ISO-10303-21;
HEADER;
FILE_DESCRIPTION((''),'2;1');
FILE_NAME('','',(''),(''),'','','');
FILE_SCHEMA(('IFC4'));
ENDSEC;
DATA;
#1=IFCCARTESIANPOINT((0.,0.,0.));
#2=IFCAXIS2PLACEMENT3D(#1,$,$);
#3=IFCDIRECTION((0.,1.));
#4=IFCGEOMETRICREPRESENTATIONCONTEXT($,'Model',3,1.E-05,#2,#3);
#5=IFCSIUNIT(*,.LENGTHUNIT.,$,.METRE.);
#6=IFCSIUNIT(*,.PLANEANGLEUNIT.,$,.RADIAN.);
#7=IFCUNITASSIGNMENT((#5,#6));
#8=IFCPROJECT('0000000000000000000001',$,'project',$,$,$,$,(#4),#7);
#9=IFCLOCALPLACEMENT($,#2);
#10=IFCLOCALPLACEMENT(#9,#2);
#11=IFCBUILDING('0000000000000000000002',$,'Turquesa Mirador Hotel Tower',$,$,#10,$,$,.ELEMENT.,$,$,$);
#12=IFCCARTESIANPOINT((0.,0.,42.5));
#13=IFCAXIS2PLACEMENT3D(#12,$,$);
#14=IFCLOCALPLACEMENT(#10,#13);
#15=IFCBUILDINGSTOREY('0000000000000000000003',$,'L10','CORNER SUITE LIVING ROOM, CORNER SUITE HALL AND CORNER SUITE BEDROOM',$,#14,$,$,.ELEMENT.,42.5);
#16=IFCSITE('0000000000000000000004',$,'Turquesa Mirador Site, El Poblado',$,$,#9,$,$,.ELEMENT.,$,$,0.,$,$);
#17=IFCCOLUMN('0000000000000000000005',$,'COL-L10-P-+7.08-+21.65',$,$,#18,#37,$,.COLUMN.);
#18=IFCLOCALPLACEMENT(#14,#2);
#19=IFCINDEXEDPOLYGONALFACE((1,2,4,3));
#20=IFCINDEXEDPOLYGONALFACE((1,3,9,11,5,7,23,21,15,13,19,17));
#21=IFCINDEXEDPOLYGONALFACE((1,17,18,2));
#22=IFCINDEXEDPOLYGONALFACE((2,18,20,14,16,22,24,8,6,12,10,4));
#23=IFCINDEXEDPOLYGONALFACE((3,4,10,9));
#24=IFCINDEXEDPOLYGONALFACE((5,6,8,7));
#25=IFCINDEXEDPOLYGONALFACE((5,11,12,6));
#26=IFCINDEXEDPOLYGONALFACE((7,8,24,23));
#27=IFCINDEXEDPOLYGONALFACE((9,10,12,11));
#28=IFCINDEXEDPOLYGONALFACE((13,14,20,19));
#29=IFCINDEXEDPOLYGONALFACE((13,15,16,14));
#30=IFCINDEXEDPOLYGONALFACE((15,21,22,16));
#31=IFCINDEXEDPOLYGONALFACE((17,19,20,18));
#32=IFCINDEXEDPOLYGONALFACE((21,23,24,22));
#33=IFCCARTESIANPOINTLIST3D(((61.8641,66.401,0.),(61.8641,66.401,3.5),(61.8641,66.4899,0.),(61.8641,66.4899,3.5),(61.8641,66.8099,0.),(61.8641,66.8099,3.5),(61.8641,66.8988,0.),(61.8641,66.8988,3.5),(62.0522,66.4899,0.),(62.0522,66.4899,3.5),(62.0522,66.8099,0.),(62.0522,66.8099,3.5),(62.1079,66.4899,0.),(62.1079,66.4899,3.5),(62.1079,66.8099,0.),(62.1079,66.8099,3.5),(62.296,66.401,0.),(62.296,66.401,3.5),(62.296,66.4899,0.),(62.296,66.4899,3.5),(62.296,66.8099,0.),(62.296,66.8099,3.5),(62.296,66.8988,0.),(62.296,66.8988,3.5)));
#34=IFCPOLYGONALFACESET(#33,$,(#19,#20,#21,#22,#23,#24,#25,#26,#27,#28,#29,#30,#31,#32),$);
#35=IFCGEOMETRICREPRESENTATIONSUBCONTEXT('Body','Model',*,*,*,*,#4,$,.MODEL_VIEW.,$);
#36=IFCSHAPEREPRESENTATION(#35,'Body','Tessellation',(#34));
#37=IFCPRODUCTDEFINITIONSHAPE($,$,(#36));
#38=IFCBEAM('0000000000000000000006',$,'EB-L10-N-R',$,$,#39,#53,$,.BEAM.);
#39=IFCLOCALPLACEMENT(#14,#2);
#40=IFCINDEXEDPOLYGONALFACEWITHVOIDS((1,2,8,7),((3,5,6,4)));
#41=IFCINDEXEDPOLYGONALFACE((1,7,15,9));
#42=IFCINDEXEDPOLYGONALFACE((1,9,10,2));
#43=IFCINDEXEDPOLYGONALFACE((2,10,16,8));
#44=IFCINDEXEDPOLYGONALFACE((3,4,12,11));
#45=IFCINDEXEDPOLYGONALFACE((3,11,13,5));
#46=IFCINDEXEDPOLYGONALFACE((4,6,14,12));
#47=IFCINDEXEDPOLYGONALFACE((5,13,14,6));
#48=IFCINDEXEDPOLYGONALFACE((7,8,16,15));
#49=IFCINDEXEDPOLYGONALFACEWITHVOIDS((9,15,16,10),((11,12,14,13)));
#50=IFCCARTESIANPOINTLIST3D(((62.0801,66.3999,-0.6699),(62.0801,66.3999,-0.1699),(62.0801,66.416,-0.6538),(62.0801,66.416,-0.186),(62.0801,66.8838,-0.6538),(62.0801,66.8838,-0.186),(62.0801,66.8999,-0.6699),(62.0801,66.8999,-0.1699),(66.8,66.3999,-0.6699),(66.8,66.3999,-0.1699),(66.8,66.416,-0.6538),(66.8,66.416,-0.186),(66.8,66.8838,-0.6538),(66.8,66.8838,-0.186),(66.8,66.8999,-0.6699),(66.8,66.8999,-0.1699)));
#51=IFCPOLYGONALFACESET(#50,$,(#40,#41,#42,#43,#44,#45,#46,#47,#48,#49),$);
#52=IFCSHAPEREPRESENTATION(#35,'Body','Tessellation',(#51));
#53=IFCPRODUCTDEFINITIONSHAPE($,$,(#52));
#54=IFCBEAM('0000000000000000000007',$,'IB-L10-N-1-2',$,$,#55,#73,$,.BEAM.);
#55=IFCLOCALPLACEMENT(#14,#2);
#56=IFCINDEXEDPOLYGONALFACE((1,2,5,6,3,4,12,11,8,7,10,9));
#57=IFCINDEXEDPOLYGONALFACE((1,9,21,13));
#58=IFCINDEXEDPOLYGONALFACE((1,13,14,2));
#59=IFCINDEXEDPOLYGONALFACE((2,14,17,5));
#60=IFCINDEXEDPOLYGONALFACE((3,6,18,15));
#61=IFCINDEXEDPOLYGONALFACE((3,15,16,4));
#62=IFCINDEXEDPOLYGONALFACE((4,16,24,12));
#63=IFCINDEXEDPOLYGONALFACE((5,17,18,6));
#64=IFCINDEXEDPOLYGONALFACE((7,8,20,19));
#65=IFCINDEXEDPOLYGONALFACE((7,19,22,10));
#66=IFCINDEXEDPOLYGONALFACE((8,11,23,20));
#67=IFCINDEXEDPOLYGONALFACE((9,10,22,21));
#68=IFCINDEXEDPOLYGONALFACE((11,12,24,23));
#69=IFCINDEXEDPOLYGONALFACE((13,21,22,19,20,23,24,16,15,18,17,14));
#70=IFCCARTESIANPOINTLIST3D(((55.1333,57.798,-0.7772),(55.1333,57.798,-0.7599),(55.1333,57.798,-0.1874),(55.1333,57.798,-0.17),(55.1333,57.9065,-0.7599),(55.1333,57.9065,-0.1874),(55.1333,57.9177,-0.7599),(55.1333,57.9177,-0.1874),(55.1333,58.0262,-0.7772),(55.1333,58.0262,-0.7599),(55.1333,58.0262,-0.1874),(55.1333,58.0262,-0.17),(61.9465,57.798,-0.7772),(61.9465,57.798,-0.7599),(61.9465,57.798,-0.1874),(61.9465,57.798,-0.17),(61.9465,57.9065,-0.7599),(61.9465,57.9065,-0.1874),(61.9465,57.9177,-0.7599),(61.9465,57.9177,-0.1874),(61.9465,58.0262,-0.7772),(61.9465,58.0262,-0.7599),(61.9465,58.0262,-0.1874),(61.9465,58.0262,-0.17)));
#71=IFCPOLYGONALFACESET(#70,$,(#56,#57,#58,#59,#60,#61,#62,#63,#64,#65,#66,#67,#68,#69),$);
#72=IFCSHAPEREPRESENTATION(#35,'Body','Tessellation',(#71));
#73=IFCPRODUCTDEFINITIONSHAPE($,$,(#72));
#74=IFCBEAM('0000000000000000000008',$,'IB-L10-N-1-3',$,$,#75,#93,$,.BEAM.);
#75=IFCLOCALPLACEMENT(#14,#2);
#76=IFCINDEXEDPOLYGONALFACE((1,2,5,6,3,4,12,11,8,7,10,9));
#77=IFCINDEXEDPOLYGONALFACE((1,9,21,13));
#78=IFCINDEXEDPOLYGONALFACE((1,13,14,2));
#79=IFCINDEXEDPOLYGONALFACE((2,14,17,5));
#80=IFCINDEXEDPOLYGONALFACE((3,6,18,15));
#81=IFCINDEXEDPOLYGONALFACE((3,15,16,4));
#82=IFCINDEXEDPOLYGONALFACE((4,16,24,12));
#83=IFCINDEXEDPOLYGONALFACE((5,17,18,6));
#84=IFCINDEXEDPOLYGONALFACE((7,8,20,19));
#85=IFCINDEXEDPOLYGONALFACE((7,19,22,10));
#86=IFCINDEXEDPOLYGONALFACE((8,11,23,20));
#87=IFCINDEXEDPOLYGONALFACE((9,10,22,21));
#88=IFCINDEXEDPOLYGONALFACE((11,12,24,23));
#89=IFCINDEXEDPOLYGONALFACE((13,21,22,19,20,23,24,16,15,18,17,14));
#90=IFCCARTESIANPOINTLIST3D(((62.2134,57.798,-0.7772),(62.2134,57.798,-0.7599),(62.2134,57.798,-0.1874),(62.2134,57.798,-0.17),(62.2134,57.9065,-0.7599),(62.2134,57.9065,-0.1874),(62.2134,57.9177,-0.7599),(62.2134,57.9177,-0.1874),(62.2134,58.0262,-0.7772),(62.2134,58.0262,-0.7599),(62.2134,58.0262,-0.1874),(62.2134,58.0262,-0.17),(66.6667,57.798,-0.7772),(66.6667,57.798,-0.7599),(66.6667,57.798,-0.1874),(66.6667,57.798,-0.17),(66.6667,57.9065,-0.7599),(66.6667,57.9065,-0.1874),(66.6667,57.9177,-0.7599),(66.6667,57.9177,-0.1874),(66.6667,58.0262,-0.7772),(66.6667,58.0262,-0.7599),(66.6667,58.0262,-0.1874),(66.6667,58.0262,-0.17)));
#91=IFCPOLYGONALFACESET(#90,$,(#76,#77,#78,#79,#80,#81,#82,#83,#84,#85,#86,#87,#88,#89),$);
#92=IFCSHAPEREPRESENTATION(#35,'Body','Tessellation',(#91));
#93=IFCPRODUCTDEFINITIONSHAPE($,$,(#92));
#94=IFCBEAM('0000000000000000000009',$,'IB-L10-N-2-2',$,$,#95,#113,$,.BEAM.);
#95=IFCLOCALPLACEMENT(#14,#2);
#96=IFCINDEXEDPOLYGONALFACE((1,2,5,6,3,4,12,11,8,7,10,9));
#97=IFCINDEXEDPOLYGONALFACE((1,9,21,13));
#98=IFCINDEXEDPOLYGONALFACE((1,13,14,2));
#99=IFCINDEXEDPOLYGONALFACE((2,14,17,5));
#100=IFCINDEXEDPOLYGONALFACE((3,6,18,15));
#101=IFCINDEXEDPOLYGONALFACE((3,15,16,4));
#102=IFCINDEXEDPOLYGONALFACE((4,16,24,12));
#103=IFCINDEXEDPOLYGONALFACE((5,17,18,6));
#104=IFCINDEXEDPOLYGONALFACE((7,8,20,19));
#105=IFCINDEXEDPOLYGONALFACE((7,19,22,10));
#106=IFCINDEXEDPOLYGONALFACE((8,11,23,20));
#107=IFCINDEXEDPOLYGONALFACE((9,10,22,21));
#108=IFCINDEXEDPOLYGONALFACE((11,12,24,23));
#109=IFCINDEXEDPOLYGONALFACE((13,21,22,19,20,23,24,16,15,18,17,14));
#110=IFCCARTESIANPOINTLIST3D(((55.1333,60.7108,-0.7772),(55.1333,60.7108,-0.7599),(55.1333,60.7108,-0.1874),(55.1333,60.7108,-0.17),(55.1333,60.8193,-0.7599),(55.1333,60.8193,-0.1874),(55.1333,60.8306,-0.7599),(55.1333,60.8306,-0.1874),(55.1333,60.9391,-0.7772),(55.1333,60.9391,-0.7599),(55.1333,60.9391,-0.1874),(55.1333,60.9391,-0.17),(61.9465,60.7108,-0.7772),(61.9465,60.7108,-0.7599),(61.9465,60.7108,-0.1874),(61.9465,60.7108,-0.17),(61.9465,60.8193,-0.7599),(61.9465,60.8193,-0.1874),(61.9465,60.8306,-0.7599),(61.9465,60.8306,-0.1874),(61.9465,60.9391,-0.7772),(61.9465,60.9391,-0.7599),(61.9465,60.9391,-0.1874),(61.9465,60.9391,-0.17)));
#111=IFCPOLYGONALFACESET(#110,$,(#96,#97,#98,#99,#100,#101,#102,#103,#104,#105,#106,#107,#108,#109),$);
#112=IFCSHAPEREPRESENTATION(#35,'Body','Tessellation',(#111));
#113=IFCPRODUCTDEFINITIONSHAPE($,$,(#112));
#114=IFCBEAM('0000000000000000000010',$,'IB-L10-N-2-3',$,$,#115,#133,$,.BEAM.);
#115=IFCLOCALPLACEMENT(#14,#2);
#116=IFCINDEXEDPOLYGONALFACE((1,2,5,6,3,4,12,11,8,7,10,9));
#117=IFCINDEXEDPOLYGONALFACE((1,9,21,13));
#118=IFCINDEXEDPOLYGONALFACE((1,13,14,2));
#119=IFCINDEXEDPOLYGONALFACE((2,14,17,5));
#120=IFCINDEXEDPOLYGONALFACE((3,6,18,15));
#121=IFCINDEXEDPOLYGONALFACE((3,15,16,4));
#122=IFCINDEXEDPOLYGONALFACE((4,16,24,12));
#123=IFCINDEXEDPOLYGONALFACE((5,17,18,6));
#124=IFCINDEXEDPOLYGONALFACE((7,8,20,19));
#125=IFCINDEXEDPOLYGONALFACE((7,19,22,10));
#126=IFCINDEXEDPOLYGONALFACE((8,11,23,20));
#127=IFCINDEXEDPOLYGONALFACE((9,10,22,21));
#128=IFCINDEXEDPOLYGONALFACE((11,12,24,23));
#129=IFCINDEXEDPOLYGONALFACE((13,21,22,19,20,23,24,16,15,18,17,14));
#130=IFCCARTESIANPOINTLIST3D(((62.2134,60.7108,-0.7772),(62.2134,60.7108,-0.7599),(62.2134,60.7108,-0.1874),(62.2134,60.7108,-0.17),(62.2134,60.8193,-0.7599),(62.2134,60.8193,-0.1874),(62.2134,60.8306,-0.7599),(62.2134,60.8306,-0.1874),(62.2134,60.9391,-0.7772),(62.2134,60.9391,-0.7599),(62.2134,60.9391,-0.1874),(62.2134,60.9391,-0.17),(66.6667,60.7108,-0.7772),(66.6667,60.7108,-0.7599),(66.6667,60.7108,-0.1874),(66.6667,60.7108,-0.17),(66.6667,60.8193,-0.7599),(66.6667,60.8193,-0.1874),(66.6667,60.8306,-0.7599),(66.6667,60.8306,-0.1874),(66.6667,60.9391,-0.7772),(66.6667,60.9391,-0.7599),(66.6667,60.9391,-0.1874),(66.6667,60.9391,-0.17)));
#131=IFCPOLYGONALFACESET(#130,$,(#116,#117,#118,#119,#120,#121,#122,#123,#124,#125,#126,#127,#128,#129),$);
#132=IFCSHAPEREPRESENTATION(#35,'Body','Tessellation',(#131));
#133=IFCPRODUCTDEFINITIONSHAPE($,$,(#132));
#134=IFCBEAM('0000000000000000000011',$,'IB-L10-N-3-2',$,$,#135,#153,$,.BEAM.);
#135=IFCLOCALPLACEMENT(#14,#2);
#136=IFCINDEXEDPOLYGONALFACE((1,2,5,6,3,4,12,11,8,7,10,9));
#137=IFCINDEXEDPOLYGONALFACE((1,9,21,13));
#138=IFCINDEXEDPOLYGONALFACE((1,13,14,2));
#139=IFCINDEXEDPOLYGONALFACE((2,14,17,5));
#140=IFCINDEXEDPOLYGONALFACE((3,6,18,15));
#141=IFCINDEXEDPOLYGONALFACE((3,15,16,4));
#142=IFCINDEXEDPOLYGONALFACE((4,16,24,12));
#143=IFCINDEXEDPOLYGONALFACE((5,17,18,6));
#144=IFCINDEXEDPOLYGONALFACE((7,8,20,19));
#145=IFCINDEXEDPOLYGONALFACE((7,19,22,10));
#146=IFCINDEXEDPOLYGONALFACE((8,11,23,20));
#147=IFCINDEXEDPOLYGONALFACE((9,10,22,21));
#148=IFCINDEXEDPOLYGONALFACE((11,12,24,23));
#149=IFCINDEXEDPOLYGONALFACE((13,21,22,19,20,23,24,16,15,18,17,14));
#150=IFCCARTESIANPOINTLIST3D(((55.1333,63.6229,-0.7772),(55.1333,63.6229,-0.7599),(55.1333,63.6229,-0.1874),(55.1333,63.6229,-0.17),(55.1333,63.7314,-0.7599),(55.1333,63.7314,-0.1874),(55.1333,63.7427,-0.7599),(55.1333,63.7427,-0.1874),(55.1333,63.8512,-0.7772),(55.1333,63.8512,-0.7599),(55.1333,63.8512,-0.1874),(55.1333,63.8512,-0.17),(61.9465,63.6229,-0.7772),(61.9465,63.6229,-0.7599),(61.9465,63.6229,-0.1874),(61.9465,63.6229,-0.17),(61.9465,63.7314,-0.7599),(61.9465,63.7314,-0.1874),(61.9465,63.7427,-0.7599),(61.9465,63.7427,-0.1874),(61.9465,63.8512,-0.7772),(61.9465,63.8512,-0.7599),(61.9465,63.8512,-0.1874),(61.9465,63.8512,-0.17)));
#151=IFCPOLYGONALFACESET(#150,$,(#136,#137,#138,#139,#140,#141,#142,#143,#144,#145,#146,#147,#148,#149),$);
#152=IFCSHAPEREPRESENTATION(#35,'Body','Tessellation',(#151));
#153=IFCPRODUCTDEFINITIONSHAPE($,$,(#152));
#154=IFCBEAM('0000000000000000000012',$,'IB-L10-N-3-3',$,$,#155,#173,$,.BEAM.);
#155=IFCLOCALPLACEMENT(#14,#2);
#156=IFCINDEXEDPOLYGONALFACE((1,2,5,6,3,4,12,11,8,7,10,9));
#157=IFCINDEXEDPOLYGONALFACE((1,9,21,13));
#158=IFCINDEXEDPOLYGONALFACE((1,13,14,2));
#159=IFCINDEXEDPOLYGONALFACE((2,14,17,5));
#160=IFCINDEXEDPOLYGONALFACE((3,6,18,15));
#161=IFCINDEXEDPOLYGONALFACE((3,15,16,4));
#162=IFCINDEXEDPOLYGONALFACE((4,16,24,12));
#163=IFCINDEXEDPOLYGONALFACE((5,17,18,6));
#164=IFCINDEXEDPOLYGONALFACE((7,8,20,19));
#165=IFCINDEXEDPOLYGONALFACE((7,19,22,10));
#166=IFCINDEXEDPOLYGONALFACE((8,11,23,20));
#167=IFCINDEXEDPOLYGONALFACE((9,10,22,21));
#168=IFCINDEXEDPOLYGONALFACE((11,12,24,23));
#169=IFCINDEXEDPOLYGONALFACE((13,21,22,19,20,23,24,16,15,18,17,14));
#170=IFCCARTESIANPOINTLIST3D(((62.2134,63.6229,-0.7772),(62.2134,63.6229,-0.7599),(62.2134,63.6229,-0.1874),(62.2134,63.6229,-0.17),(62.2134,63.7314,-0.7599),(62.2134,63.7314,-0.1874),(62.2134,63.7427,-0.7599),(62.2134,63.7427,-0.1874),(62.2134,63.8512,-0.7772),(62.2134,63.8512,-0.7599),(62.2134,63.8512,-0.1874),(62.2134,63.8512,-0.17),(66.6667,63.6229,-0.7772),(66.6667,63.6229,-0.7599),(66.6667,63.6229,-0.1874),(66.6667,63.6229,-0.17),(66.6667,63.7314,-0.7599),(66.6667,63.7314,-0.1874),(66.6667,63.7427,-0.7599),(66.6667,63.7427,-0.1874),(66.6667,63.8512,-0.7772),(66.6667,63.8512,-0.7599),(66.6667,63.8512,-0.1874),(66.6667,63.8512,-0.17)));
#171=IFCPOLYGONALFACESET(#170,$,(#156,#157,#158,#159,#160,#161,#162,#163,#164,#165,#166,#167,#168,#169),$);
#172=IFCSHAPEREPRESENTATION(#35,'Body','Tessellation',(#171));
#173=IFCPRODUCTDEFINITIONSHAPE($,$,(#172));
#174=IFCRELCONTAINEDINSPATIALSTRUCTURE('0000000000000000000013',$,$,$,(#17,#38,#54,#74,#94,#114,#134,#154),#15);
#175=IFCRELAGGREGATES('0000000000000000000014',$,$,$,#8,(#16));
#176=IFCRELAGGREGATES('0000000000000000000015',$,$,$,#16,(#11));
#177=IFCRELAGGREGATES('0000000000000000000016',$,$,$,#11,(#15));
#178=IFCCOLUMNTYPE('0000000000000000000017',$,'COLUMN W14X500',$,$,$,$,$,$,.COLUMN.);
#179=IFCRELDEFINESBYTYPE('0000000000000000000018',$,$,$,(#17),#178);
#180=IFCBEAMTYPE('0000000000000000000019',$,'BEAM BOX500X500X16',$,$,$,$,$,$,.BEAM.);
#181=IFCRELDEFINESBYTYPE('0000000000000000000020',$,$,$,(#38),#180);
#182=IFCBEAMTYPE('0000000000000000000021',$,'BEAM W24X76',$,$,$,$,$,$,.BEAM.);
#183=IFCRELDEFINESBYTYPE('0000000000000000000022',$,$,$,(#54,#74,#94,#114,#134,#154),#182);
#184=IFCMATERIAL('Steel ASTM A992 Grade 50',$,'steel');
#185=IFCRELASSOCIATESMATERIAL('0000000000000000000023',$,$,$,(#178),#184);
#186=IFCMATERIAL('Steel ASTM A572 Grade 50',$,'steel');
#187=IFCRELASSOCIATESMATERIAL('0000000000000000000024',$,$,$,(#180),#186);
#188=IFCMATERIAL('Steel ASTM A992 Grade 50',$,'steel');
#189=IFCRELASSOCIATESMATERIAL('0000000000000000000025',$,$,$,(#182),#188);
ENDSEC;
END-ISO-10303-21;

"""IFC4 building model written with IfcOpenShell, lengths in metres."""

from ifc_helpers import new_model, si_unit, direction, frame, origin, origin_2d, place, context, subcontext, project, spatial, hollow_rectangle, i_section, extrude, material, material_profile, profile_set, type_object, element, save


model = new_model("IFC4")

# Units and contexts
model_context = context("Model", 3, precision=1e-05, world=origin(), true_north=direction((0.0, 1.0)))
body_context = subcontext(model_context, "Body", "Model", "MODEL_VIEW")
ifc_project = project(units=[si_unit("LENGTHUNIT", "METRE"), si_unit("PLANEANGLEUNIT", "RADIAN")], contexts=[model_context])

# Site, building, storey
site_placement = place(None, origin())
site = spatial("IfcSite", under=ifc_project, at=site_placement, Name="Turquesa Mirador Site, El Poblado", CompositionType="ELEMENT", RefElevation=0.0)
building_placement = place(site_placement, origin())
building = spatial("IfcBuilding", under=site, at=building_placement, Name="Turquesa Mirador Hotel Tower", CompositionType="ELEMENT")
storey_placement = place(building_placement, frame((0.0, 0.0, 42.5)))
storey = spatial("IfcBuildingStorey", under=building, at=storey_placement, Name="L10", Description="CORNER SUITE LIVING ROOM, CORNER SUITE HALL AND CORNER SUITE BEDROOM", CompositionType="ELEMENT", Elevation=42.5)

# Column
ifc_material_1 = material(Name="Steel ASTM A992 Grade 50", Category="steel")
ifc_material_profile_1 = material_profile(ifc_material_1, i_section(OverallWidth=0.4319, OverallDepth=0.4978, WebThickness=0.0557, FlangeThickness=0.0889, at=origin_2d()), Name="W14X500")
ifc_profile_set_1 = profile_set([ifc_material_profile_1], Name="Steel ASTM A992 Grade 50")
column_type = type_object("IfcColumnType", Name="COLUMN W14X500", PredefinedType="COLUMN", material=ifc_profile_set_1)
column_placement = place(storey_placement, frame((62.0801, 66.6499, 0.0), z_axis=(0.0, 0.0, 1.0), x_axis=(1.0, 0.0, 0.0)))
element("IfcColumn", 1, at=column_placement, inside=storey, type_object=column_type, Name="COL-L10-P-+7.08-+21.65", PredefinedType="COLUMN", context=body_context, shape_type="SweptSolid", body=[
    extrude(i_section(OverallWidth=0.4319, OverallDepth=0.4978, WebThickness=0.0557, FlangeThickness=0.0889, at=origin_2d()), origin(), (0.0, 0.0, 1.0), 3.5),
])

# Beams
ifc_material_2 = material(Name="Steel ASTM A572 Grade 50", Category="steel")
ifc_material_profile_2 = material_profile(ifc_material_2, hollow_rectangle(XDim=0.5, YDim=0.5, WallThickness=0.0161, at=origin_2d()), Name="BOX500X500X16")
ifc_profile_set_2 = profile_set([ifc_material_profile_2], Name="Steel ASTM A572 Grade 50")
beam_type_1 = type_object("IfcBeamType", Name="BEAM BOX500X500X16", PredefinedType="BEAM", material=ifc_profile_set_2)
beam_1_placement = place(storey_placement, frame((62.0801, 66.6499, -0.4199), z_axis=(1.0, 0.0, 0.0), x_axis=(0.0, 1.0, 0.0)))
element("IfcBeam", 2, at=beam_1_placement, inside=storey, type_object=beam_type_1, Name="EB-L10-N-R", PredefinedType="BEAM", context=body_context, shape_type="SweptSolid", body=[
    extrude(hollow_rectangle(XDim=0.5, YDim=0.5, WallThickness=0.0161, at=origin_2d()), origin(), (0.0, 0.0, 1.0), 4.72),
])
ifc_material_3 = material(Name="Steel ASTM A992 Grade 50", Category="steel")
ifc_material_profile_3 = material_profile(ifc_material_3, i_section(OverallWidth=0.2283, OverallDepth=0.6072, WebThickness=0.0112, FlangeThickness=0.0173, at=origin_2d()), Name="W24X76")
ifc_profile_set_3 = profile_set([ifc_material_profile_3], Name="Steel ASTM A992 Grade 50")
beam_type_2 = type_object("IfcBeamType", Name="BEAM W24X76", PredefinedType="BEAM", material=ifc_profile_set_3)
beam_2_placement = place(storey_placement, frame((55.1333, 57.9121, -0.4736), z_axis=(1.0, 0.0, 0.0), x_axis=(0.0, 1.0, 0.0)))
element("IfcBeam", 3, at=beam_2_placement, inside=storey, type_object=beam_type_2, Name="IB-L10-N-1-2", PredefinedType="BEAM", context=body_context, shape_type="SweptSolid", body=[
    extrude(i_section(OverallWidth=0.2283, OverallDepth=0.6072, WebThickness=0.0112, FlangeThickness=0.0173, at=origin_2d()), origin(), (0.0, 0.0, 1.0), 6.8132),
])
beam_3_placement = place(storey_placement, frame((62.2134, 57.9121, -0.4736), z_axis=(1.0, 0.0, 0.0), x_axis=(0.0, 1.0, 0.0)))
element("IfcBeam", 4, at=beam_3_placement, inside=storey, type_object=beam_type_2, Name="IB-L10-N-1-3", PredefinedType="BEAM", context=body_context, shape_type="SweptSolid", body=[
    extrude(i_section(OverallWidth=0.2283, OverallDepth=0.6072, WebThickness=0.0112, FlangeThickness=0.0173, at=origin_2d()), origin(), (0.0, 0.0, 1.0), 4.4534),
])
beam_4_placement = place(storey_placement, frame((55.1333, 60.825, -0.4736), z_axis=(1.0, 0.0, 0.0), x_axis=(0.0, 1.0, 0.0)))
element("IfcBeam", 5, at=beam_4_placement, inside=storey, type_object=beam_type_2, Name="IB-L10-N-2-2", PredefinedType="BEAM", context=body_context, shape_type="SweptSolid", body=[
    extrude(i_section(OverallWidth=0.2283, OverallDepth=0.6072, WebThickness=0.0112, FlangeThickness=0.0173, at=origin_2d()), origin(), (0.0, 0.0, 1.0), 6.8132),
])
beam_5_placement = place(storey_placement, frame((62.2134, 60.825, -0.4736), z_axis=(1.0, 0.0, 0.0), x_axis=(0.0, 1.0, 0.0)))
element("IfcBeam", 6, at=beam_5_placement, inside=storey, type_object=beam_type_2, Name="IB-L10-N-2-3", PredefinedType="BEAM", context=body_context, shape_type="SweptSolid", body=[
    extrude(i_section(OverallWidth=0.2283, OverallDepth=0.6072, WebThickness=0.0112, FlangeThickness=0.0173, at=origin_2d()), origin(), (0.0, 0.0, 1.0), 4.4534),
])
beam_6_placement = place(storey_placement, frame((55.1333, 63.7371, -0.4736), z_axis=(1.0, 0.0, 0.0), x_axis=(0.0, 1.0, 0.0)))
element("IfcBeam", 7, at=beam_6_placement, inside=storey, type_object=beam_type_2, Name="IB-L10-N-3-2", PredefinedType="BEAM", context=body_context, shape_type="SweptSolid", body=[
    extrude(i_section(OverallWidth=0.2283, OverallDepth=0.6072, WebThickness=0.0112, FlangeThickness=0.0173, at=origin_2d()), origin(), (0.0, 0.0, 1.0), 6.8132),
])
beam_7_placement = place(storey_placement, frame((62.2134, 63.7371, -0.4736), z_axis=(1.0, 0.0, 0.0), x_axis=(0.0, 1.0, 0.0)))
element("IfcBeam", 8, at=beam_7_placement, inside=storey, type_object=beam_type_2, Name="IB-L10-N-3-3", PredefinedType="BEAM", context=body_context, shape_type="SweptSolid", body=[
    extrude(i_section(OverallWidth=0.2283, OverallDepth=0.6072, WebThickness=0.0112, FlangeThickness=0.0173, at=origin_2d()), origin(), (0.0, 0.0, 1.0), 4.4534),
])

save(model, "model.ifc")
